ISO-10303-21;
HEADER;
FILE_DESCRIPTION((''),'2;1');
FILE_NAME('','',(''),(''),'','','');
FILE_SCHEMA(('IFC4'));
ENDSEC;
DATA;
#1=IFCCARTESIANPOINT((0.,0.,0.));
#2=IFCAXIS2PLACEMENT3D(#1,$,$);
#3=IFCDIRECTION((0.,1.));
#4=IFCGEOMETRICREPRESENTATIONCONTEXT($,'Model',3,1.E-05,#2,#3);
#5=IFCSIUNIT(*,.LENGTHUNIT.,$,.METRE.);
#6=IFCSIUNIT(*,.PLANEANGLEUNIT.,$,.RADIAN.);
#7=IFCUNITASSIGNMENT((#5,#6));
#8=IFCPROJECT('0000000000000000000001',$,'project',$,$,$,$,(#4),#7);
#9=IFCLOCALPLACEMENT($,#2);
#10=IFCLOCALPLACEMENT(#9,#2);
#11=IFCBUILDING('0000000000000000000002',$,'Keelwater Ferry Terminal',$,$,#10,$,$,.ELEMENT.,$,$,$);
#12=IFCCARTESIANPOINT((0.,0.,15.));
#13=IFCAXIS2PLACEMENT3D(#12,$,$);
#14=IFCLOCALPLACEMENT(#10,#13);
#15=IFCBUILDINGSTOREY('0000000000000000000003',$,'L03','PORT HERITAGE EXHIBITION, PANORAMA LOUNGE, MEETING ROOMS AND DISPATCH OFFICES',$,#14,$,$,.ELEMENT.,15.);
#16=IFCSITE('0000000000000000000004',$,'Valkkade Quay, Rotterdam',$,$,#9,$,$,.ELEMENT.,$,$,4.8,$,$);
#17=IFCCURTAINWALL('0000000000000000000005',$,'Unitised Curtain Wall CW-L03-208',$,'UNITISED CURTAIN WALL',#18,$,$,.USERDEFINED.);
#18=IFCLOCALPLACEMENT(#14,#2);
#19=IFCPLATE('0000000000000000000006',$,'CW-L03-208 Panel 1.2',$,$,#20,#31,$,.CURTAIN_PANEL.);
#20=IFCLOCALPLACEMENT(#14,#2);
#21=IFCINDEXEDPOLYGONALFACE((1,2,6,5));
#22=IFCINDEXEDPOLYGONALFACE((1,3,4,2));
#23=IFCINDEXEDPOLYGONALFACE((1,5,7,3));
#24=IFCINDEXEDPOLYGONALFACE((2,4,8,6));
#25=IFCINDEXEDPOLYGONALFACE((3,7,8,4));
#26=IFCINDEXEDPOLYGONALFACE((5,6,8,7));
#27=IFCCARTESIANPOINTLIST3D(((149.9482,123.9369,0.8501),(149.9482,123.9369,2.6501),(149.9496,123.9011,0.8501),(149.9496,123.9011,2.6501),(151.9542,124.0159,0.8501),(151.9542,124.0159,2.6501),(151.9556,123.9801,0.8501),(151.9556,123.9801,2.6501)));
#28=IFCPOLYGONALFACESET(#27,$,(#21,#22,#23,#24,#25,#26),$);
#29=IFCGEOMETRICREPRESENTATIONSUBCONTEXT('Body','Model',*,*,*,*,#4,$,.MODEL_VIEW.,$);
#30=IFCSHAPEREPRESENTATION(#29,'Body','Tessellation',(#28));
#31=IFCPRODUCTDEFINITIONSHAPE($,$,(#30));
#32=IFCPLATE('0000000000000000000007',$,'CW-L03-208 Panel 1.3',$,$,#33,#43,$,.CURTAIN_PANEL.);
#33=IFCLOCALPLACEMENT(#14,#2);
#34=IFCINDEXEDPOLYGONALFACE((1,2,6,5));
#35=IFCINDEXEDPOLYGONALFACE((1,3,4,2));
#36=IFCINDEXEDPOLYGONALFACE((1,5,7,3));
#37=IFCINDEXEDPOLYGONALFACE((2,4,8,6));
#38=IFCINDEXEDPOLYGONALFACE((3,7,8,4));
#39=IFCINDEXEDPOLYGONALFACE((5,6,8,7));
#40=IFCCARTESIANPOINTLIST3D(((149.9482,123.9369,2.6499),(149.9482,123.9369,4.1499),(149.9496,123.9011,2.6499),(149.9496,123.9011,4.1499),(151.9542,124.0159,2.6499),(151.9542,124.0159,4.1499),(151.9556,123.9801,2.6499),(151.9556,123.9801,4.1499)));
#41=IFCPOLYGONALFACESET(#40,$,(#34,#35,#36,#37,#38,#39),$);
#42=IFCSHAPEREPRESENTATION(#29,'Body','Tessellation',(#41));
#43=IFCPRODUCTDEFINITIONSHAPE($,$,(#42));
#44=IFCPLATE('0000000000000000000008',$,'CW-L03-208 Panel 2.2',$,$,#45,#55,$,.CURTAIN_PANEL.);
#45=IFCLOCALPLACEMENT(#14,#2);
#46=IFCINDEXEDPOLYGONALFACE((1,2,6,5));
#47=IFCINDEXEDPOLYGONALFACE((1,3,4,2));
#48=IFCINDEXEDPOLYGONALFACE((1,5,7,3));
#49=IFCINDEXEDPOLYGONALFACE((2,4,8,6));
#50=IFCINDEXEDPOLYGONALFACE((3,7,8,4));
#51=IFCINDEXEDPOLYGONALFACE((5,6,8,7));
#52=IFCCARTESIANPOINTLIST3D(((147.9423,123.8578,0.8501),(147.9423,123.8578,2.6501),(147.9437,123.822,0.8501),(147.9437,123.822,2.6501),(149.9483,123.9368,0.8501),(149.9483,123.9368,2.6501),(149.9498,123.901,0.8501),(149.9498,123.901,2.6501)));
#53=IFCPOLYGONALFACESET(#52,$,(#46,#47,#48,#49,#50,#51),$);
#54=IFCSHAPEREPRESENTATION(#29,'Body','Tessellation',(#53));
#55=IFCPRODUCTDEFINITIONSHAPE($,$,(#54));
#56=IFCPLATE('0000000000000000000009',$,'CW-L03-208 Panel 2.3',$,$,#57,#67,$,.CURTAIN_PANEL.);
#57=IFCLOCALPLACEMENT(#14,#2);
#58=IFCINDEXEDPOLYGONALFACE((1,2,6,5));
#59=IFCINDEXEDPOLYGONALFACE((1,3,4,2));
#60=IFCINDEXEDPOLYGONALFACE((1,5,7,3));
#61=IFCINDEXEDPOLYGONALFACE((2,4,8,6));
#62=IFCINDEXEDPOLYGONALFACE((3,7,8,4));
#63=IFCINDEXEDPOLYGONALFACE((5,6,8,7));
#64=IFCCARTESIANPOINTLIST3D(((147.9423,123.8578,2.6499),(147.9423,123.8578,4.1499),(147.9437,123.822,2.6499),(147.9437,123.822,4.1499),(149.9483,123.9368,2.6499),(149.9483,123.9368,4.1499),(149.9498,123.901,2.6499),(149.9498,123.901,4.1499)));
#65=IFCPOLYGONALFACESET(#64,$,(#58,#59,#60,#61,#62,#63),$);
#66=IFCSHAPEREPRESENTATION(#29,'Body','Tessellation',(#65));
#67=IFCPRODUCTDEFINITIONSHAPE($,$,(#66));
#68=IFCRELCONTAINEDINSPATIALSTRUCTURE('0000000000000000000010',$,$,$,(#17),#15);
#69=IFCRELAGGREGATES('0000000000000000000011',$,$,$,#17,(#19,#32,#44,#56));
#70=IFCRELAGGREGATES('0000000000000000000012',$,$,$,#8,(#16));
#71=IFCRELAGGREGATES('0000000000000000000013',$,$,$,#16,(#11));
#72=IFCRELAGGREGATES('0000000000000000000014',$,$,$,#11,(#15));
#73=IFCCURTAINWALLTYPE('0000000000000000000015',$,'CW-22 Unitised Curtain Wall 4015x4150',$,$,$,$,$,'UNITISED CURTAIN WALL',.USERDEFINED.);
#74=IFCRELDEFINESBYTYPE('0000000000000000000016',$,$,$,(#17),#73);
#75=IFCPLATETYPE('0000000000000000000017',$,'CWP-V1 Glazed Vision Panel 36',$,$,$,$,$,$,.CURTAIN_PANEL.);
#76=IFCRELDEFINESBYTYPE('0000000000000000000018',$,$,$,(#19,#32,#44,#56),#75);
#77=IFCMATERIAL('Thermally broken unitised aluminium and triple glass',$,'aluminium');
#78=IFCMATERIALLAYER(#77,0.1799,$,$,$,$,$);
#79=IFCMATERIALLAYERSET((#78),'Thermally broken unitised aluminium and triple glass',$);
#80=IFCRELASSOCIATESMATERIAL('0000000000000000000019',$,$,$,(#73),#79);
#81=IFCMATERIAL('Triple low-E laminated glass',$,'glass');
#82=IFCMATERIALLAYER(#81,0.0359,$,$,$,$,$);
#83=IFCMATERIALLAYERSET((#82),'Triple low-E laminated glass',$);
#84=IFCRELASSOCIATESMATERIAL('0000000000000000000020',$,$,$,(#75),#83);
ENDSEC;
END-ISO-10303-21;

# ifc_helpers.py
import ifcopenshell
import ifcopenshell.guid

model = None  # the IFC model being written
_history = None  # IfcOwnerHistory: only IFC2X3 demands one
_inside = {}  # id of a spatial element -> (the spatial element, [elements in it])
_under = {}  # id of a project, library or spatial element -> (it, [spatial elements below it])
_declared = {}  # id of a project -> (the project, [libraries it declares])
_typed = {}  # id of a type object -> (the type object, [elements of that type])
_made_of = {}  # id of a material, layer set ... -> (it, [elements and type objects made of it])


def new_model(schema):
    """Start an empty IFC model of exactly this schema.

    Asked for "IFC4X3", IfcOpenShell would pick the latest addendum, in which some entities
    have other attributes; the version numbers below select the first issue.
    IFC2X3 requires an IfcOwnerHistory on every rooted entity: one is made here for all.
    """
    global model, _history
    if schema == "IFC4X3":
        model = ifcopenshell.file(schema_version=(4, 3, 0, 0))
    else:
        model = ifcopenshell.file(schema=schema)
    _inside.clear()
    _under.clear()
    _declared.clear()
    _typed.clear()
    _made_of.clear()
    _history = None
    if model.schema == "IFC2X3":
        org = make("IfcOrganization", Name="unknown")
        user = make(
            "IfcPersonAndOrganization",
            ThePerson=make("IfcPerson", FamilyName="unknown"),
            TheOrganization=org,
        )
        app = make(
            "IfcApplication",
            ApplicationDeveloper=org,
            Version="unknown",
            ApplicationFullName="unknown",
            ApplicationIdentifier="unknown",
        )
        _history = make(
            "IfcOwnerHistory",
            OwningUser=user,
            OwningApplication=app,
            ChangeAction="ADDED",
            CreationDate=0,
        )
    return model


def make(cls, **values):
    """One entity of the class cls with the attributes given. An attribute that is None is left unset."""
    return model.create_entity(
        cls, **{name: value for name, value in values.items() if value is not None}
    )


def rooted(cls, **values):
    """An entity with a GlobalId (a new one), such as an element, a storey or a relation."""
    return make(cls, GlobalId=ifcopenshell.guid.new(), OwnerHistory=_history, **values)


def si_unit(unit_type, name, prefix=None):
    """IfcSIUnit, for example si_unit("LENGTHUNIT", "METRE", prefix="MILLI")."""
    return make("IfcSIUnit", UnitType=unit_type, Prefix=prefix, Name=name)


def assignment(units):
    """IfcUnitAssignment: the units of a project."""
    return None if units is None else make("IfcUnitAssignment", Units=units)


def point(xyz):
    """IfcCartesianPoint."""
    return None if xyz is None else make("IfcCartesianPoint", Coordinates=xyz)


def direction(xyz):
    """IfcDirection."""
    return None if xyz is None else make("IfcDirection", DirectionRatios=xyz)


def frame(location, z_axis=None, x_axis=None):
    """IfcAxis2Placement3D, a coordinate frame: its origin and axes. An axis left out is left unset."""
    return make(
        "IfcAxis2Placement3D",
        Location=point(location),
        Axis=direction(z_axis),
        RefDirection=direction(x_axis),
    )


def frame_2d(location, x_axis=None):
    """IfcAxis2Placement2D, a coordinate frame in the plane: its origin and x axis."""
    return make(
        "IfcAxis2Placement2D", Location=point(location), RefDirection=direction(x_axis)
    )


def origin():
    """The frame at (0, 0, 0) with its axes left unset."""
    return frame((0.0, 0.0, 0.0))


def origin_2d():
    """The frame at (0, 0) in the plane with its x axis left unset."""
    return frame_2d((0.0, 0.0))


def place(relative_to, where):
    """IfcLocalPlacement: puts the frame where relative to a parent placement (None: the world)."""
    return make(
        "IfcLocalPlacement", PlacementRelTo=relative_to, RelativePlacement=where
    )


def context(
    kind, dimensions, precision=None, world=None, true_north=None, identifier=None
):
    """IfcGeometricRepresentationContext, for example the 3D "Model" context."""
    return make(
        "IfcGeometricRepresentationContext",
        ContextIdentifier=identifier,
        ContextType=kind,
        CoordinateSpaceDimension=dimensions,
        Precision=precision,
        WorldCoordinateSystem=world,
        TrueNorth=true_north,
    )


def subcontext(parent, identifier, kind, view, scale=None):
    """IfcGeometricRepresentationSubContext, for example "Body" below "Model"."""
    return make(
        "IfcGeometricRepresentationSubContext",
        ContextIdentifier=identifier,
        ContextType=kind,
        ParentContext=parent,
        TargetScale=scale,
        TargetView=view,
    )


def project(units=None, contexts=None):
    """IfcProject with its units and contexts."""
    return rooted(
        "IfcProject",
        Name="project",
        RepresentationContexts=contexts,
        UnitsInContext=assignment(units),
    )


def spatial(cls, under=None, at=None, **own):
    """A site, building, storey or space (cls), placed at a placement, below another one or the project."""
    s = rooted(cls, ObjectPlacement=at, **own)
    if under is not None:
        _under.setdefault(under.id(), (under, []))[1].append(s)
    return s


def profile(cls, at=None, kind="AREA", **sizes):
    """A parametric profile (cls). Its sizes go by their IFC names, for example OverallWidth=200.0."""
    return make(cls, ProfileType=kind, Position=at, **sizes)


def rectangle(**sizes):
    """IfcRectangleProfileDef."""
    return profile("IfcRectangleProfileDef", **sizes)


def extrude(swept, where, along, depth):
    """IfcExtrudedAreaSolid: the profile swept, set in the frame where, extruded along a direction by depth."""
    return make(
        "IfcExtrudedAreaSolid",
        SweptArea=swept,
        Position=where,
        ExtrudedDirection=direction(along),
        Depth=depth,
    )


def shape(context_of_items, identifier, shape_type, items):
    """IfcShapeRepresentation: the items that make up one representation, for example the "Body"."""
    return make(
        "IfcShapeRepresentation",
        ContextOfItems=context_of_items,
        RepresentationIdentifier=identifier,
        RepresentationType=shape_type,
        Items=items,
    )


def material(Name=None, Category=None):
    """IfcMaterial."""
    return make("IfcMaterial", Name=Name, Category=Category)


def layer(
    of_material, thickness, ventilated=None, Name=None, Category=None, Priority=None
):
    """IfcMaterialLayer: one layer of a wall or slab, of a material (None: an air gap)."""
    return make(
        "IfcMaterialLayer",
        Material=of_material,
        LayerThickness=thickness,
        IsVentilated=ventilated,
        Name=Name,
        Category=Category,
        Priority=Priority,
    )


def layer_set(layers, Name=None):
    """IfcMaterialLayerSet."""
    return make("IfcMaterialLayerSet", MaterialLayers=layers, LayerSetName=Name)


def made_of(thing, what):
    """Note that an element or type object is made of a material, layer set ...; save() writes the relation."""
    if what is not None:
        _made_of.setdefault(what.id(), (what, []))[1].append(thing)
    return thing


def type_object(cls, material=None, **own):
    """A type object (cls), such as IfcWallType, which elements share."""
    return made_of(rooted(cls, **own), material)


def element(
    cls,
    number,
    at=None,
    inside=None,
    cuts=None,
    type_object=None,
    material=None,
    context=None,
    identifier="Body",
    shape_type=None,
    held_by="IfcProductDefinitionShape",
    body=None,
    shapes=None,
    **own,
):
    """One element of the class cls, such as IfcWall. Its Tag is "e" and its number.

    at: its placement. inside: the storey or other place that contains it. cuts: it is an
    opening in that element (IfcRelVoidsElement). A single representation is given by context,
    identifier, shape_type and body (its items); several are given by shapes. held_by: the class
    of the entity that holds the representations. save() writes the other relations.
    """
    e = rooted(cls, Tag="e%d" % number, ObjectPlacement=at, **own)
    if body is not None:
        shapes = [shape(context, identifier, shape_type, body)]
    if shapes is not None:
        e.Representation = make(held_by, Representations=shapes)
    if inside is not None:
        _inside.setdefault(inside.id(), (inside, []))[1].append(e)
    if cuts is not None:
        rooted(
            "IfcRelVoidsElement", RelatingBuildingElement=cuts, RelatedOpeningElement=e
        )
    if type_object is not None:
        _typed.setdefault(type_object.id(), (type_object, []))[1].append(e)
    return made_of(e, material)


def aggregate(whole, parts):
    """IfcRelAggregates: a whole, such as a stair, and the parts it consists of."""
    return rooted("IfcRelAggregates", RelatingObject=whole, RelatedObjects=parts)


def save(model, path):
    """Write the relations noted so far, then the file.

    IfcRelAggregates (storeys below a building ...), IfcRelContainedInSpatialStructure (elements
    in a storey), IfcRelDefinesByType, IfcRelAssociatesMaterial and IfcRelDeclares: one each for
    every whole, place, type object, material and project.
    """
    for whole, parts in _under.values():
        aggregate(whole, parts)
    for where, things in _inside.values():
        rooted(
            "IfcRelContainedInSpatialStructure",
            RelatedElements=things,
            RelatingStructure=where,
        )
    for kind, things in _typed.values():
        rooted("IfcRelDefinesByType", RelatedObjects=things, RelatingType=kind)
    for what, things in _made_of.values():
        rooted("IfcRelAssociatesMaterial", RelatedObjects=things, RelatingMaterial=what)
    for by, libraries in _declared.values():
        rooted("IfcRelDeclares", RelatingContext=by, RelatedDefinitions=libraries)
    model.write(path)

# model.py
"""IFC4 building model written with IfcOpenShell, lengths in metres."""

from ifc_helpers import new_model, si_unit, direction, frame, origin, origin_2d, place, context, subcontext, project, spatial, rectangle, extrude, material, layer, layer_set, type_object, element, aggregate, save


model = new_model("IFC4")

# Units and contexts
model_context = context("Model", 3, precision=1e-05, world=origin(), true_north=direction((0.0, 1.0)))
body_context = subcontext(model_context, "Body", "Model", "MODEL_VIEW")
ifc_project = project(units=[si_unit("LENGTHUNIT", "METRE"), si_unit("PLANEANGLEUNIT", "RADIAN")], contexts=[model_context])

# Site, building, storey
site_placement = place(None, origin())
site = spatial("IfcSite", under=ifc_project, at=site_placement, Name="Valkkade Quay, Rotterdam", CompositionType="ELEMENT", RefElevation=4.8)
building_placement = place(site_placement, origin())
building = spatial("IfcBuilding", under=site, at=building_placement, Name="Keelwater Ferry Terminal", CompositionType="ELEMENT")
storey_placement = place(building_placement, frame((0.0, 0.0, 15.0)))
storey = spatial("IfcBuildingStorey", under=building, at=storey_placement, Name="L03", Description="PORT HERITAGE EXHIBITION, PANORAMA LOUNGE, MEETING ROOMS AND DISPATCH OFFICES", CompositionType="ELEMENT", Elevation=15.0)

# Curtain wall
ifc_material_1 = material(Name="Thermally broken unitised aluminium and triple glass", Category="aluminium")
ifc_layer_1 = layer(ifc_material_1, 0.1799)
ifc_layer_set_1 = layer_set([ifc_layer_1], Name="Thermally broken unitised aluminium and triple glass")
curtain_wall_type = type_object("IfcCurtainWallType", Name="CW-22 Unitised Curtain Wall 4015x4150", ElementType="UNITISED CURTAIN WALL", PredefinedType="USERDEFINED", material=ifc_layer_set_1)
curtain_wall_1_placement = place(storey_placement, origin())
curtain_wall_1 = element("IfcCurtainWall", 1, at=curtain_wall_1_placement, inside=storey, type_object=curtain_wall_type, Name="Unitised Curtain Wall CW-L03-208", ObjectType="UNITISED CURTAIN WALL", PredefinedType="USERDEFINED")

# Plates
ifc_material_2 = material(Name="Triple low-E laminated glass", Category="glass")
ifc_layer_2 = layer(ifc_material_2, 0.0359)
ifc_layer_set_2 = layer_set([ifc_layer_2], Name="Triple low-E laminated glass")
plate_type_1 = type_object("IfcPlateType", Name="CWP-V1 Glazed Vision Panel 36", PredefinedType="CURTAIN_PANEL", material=ifc_layer_set_2)
plate_1_placement = place(storey_placement, frame((150.9519, 123.9585, 0.8501), z_axis=(0.0, 0.0, 1.0), x_axis=(-0.999225, -0.039351, 0.0)))
plate_1 = element("IfcPlate", 2, at=plate_1_placement, type_object=plate_type_1, Name="CW-L03-208 Panel 1.2", PredefinedType="CURTAIN_PANEL", context=body_context, shape_type="SweptSolid", body=[
    extrude(rectangle(XDim=2.0076, YDim=0.0359, at=origin_2d()), origin(), (0.0, 0.0, 1.0), 1.8),
])
plate_2_placement = place(storey_placement, frame((150.9519, 123.9585, 2.6499), z_axis=(0.0, 0.0, 1.0), x_axis=(-0.999225, -0.039351, 0.0)))
plate_2 = element("IfcPlate", 3, at=plate_2_placement, type_object=plate_type_1, Name="CW-L03-208 Panel 1.3", PredefinedType="CURTAIN_PANEL", context=body_context, shape_type="SweptSolid", body=[
    extrude(rectangle(XDim=2.0076, YDim=0.0359, at=origin_2d()), origin(), (0.0, 0.0, 1.0), 1.5),
])
plate_3_placement = place(storey_placement, frame((148.946, 123.8794, 0.8501), z_axis=(0.0, 0.0, 1.0), x_axis=(-0.999225, -0.039351, 0.0)))
plate_3 = element("IfcPlate", 4, at=plate_3_placement, type_object=plate_type_1, Name="CW-L03-208 Panel 2.2", PredefinedType="CURTAIN_PANEL", context=body_context, shape_type="SweptSolid", body=[
    extrude(rectangle(XDim=2.0076, YDim=0.0359, at=origin_2d()), origin(), (0.0, 0.0, 1.0), 1.8),
])
plate_4_placement = place(storey_placement, frame((148.946, 123.8794, 2.6499), z_axis=(0.0, 0.0, 1.0), x_axis=(-0.999225, -0.039351, 0.0)))
plate_4 = element("IfcPlate", 5, at=plate_4_placement, type_object=plate_type_1, Name="CW-L03-208 Panel 2.3", PredefinedType="CURTAIN_PANEL", context=body_context, shape_type="SweptSolid", body=[
    extrude(rectangle(XDim=2.0076, YDim=0.0359, at=origin_2d()), origin(), (0.0, 0.0, 1.0), 1.5),
])
aggregate(curtain_wall_1, [plate_1, plate_2, plate_3, plate_4])

save(model, "model.ifc")
